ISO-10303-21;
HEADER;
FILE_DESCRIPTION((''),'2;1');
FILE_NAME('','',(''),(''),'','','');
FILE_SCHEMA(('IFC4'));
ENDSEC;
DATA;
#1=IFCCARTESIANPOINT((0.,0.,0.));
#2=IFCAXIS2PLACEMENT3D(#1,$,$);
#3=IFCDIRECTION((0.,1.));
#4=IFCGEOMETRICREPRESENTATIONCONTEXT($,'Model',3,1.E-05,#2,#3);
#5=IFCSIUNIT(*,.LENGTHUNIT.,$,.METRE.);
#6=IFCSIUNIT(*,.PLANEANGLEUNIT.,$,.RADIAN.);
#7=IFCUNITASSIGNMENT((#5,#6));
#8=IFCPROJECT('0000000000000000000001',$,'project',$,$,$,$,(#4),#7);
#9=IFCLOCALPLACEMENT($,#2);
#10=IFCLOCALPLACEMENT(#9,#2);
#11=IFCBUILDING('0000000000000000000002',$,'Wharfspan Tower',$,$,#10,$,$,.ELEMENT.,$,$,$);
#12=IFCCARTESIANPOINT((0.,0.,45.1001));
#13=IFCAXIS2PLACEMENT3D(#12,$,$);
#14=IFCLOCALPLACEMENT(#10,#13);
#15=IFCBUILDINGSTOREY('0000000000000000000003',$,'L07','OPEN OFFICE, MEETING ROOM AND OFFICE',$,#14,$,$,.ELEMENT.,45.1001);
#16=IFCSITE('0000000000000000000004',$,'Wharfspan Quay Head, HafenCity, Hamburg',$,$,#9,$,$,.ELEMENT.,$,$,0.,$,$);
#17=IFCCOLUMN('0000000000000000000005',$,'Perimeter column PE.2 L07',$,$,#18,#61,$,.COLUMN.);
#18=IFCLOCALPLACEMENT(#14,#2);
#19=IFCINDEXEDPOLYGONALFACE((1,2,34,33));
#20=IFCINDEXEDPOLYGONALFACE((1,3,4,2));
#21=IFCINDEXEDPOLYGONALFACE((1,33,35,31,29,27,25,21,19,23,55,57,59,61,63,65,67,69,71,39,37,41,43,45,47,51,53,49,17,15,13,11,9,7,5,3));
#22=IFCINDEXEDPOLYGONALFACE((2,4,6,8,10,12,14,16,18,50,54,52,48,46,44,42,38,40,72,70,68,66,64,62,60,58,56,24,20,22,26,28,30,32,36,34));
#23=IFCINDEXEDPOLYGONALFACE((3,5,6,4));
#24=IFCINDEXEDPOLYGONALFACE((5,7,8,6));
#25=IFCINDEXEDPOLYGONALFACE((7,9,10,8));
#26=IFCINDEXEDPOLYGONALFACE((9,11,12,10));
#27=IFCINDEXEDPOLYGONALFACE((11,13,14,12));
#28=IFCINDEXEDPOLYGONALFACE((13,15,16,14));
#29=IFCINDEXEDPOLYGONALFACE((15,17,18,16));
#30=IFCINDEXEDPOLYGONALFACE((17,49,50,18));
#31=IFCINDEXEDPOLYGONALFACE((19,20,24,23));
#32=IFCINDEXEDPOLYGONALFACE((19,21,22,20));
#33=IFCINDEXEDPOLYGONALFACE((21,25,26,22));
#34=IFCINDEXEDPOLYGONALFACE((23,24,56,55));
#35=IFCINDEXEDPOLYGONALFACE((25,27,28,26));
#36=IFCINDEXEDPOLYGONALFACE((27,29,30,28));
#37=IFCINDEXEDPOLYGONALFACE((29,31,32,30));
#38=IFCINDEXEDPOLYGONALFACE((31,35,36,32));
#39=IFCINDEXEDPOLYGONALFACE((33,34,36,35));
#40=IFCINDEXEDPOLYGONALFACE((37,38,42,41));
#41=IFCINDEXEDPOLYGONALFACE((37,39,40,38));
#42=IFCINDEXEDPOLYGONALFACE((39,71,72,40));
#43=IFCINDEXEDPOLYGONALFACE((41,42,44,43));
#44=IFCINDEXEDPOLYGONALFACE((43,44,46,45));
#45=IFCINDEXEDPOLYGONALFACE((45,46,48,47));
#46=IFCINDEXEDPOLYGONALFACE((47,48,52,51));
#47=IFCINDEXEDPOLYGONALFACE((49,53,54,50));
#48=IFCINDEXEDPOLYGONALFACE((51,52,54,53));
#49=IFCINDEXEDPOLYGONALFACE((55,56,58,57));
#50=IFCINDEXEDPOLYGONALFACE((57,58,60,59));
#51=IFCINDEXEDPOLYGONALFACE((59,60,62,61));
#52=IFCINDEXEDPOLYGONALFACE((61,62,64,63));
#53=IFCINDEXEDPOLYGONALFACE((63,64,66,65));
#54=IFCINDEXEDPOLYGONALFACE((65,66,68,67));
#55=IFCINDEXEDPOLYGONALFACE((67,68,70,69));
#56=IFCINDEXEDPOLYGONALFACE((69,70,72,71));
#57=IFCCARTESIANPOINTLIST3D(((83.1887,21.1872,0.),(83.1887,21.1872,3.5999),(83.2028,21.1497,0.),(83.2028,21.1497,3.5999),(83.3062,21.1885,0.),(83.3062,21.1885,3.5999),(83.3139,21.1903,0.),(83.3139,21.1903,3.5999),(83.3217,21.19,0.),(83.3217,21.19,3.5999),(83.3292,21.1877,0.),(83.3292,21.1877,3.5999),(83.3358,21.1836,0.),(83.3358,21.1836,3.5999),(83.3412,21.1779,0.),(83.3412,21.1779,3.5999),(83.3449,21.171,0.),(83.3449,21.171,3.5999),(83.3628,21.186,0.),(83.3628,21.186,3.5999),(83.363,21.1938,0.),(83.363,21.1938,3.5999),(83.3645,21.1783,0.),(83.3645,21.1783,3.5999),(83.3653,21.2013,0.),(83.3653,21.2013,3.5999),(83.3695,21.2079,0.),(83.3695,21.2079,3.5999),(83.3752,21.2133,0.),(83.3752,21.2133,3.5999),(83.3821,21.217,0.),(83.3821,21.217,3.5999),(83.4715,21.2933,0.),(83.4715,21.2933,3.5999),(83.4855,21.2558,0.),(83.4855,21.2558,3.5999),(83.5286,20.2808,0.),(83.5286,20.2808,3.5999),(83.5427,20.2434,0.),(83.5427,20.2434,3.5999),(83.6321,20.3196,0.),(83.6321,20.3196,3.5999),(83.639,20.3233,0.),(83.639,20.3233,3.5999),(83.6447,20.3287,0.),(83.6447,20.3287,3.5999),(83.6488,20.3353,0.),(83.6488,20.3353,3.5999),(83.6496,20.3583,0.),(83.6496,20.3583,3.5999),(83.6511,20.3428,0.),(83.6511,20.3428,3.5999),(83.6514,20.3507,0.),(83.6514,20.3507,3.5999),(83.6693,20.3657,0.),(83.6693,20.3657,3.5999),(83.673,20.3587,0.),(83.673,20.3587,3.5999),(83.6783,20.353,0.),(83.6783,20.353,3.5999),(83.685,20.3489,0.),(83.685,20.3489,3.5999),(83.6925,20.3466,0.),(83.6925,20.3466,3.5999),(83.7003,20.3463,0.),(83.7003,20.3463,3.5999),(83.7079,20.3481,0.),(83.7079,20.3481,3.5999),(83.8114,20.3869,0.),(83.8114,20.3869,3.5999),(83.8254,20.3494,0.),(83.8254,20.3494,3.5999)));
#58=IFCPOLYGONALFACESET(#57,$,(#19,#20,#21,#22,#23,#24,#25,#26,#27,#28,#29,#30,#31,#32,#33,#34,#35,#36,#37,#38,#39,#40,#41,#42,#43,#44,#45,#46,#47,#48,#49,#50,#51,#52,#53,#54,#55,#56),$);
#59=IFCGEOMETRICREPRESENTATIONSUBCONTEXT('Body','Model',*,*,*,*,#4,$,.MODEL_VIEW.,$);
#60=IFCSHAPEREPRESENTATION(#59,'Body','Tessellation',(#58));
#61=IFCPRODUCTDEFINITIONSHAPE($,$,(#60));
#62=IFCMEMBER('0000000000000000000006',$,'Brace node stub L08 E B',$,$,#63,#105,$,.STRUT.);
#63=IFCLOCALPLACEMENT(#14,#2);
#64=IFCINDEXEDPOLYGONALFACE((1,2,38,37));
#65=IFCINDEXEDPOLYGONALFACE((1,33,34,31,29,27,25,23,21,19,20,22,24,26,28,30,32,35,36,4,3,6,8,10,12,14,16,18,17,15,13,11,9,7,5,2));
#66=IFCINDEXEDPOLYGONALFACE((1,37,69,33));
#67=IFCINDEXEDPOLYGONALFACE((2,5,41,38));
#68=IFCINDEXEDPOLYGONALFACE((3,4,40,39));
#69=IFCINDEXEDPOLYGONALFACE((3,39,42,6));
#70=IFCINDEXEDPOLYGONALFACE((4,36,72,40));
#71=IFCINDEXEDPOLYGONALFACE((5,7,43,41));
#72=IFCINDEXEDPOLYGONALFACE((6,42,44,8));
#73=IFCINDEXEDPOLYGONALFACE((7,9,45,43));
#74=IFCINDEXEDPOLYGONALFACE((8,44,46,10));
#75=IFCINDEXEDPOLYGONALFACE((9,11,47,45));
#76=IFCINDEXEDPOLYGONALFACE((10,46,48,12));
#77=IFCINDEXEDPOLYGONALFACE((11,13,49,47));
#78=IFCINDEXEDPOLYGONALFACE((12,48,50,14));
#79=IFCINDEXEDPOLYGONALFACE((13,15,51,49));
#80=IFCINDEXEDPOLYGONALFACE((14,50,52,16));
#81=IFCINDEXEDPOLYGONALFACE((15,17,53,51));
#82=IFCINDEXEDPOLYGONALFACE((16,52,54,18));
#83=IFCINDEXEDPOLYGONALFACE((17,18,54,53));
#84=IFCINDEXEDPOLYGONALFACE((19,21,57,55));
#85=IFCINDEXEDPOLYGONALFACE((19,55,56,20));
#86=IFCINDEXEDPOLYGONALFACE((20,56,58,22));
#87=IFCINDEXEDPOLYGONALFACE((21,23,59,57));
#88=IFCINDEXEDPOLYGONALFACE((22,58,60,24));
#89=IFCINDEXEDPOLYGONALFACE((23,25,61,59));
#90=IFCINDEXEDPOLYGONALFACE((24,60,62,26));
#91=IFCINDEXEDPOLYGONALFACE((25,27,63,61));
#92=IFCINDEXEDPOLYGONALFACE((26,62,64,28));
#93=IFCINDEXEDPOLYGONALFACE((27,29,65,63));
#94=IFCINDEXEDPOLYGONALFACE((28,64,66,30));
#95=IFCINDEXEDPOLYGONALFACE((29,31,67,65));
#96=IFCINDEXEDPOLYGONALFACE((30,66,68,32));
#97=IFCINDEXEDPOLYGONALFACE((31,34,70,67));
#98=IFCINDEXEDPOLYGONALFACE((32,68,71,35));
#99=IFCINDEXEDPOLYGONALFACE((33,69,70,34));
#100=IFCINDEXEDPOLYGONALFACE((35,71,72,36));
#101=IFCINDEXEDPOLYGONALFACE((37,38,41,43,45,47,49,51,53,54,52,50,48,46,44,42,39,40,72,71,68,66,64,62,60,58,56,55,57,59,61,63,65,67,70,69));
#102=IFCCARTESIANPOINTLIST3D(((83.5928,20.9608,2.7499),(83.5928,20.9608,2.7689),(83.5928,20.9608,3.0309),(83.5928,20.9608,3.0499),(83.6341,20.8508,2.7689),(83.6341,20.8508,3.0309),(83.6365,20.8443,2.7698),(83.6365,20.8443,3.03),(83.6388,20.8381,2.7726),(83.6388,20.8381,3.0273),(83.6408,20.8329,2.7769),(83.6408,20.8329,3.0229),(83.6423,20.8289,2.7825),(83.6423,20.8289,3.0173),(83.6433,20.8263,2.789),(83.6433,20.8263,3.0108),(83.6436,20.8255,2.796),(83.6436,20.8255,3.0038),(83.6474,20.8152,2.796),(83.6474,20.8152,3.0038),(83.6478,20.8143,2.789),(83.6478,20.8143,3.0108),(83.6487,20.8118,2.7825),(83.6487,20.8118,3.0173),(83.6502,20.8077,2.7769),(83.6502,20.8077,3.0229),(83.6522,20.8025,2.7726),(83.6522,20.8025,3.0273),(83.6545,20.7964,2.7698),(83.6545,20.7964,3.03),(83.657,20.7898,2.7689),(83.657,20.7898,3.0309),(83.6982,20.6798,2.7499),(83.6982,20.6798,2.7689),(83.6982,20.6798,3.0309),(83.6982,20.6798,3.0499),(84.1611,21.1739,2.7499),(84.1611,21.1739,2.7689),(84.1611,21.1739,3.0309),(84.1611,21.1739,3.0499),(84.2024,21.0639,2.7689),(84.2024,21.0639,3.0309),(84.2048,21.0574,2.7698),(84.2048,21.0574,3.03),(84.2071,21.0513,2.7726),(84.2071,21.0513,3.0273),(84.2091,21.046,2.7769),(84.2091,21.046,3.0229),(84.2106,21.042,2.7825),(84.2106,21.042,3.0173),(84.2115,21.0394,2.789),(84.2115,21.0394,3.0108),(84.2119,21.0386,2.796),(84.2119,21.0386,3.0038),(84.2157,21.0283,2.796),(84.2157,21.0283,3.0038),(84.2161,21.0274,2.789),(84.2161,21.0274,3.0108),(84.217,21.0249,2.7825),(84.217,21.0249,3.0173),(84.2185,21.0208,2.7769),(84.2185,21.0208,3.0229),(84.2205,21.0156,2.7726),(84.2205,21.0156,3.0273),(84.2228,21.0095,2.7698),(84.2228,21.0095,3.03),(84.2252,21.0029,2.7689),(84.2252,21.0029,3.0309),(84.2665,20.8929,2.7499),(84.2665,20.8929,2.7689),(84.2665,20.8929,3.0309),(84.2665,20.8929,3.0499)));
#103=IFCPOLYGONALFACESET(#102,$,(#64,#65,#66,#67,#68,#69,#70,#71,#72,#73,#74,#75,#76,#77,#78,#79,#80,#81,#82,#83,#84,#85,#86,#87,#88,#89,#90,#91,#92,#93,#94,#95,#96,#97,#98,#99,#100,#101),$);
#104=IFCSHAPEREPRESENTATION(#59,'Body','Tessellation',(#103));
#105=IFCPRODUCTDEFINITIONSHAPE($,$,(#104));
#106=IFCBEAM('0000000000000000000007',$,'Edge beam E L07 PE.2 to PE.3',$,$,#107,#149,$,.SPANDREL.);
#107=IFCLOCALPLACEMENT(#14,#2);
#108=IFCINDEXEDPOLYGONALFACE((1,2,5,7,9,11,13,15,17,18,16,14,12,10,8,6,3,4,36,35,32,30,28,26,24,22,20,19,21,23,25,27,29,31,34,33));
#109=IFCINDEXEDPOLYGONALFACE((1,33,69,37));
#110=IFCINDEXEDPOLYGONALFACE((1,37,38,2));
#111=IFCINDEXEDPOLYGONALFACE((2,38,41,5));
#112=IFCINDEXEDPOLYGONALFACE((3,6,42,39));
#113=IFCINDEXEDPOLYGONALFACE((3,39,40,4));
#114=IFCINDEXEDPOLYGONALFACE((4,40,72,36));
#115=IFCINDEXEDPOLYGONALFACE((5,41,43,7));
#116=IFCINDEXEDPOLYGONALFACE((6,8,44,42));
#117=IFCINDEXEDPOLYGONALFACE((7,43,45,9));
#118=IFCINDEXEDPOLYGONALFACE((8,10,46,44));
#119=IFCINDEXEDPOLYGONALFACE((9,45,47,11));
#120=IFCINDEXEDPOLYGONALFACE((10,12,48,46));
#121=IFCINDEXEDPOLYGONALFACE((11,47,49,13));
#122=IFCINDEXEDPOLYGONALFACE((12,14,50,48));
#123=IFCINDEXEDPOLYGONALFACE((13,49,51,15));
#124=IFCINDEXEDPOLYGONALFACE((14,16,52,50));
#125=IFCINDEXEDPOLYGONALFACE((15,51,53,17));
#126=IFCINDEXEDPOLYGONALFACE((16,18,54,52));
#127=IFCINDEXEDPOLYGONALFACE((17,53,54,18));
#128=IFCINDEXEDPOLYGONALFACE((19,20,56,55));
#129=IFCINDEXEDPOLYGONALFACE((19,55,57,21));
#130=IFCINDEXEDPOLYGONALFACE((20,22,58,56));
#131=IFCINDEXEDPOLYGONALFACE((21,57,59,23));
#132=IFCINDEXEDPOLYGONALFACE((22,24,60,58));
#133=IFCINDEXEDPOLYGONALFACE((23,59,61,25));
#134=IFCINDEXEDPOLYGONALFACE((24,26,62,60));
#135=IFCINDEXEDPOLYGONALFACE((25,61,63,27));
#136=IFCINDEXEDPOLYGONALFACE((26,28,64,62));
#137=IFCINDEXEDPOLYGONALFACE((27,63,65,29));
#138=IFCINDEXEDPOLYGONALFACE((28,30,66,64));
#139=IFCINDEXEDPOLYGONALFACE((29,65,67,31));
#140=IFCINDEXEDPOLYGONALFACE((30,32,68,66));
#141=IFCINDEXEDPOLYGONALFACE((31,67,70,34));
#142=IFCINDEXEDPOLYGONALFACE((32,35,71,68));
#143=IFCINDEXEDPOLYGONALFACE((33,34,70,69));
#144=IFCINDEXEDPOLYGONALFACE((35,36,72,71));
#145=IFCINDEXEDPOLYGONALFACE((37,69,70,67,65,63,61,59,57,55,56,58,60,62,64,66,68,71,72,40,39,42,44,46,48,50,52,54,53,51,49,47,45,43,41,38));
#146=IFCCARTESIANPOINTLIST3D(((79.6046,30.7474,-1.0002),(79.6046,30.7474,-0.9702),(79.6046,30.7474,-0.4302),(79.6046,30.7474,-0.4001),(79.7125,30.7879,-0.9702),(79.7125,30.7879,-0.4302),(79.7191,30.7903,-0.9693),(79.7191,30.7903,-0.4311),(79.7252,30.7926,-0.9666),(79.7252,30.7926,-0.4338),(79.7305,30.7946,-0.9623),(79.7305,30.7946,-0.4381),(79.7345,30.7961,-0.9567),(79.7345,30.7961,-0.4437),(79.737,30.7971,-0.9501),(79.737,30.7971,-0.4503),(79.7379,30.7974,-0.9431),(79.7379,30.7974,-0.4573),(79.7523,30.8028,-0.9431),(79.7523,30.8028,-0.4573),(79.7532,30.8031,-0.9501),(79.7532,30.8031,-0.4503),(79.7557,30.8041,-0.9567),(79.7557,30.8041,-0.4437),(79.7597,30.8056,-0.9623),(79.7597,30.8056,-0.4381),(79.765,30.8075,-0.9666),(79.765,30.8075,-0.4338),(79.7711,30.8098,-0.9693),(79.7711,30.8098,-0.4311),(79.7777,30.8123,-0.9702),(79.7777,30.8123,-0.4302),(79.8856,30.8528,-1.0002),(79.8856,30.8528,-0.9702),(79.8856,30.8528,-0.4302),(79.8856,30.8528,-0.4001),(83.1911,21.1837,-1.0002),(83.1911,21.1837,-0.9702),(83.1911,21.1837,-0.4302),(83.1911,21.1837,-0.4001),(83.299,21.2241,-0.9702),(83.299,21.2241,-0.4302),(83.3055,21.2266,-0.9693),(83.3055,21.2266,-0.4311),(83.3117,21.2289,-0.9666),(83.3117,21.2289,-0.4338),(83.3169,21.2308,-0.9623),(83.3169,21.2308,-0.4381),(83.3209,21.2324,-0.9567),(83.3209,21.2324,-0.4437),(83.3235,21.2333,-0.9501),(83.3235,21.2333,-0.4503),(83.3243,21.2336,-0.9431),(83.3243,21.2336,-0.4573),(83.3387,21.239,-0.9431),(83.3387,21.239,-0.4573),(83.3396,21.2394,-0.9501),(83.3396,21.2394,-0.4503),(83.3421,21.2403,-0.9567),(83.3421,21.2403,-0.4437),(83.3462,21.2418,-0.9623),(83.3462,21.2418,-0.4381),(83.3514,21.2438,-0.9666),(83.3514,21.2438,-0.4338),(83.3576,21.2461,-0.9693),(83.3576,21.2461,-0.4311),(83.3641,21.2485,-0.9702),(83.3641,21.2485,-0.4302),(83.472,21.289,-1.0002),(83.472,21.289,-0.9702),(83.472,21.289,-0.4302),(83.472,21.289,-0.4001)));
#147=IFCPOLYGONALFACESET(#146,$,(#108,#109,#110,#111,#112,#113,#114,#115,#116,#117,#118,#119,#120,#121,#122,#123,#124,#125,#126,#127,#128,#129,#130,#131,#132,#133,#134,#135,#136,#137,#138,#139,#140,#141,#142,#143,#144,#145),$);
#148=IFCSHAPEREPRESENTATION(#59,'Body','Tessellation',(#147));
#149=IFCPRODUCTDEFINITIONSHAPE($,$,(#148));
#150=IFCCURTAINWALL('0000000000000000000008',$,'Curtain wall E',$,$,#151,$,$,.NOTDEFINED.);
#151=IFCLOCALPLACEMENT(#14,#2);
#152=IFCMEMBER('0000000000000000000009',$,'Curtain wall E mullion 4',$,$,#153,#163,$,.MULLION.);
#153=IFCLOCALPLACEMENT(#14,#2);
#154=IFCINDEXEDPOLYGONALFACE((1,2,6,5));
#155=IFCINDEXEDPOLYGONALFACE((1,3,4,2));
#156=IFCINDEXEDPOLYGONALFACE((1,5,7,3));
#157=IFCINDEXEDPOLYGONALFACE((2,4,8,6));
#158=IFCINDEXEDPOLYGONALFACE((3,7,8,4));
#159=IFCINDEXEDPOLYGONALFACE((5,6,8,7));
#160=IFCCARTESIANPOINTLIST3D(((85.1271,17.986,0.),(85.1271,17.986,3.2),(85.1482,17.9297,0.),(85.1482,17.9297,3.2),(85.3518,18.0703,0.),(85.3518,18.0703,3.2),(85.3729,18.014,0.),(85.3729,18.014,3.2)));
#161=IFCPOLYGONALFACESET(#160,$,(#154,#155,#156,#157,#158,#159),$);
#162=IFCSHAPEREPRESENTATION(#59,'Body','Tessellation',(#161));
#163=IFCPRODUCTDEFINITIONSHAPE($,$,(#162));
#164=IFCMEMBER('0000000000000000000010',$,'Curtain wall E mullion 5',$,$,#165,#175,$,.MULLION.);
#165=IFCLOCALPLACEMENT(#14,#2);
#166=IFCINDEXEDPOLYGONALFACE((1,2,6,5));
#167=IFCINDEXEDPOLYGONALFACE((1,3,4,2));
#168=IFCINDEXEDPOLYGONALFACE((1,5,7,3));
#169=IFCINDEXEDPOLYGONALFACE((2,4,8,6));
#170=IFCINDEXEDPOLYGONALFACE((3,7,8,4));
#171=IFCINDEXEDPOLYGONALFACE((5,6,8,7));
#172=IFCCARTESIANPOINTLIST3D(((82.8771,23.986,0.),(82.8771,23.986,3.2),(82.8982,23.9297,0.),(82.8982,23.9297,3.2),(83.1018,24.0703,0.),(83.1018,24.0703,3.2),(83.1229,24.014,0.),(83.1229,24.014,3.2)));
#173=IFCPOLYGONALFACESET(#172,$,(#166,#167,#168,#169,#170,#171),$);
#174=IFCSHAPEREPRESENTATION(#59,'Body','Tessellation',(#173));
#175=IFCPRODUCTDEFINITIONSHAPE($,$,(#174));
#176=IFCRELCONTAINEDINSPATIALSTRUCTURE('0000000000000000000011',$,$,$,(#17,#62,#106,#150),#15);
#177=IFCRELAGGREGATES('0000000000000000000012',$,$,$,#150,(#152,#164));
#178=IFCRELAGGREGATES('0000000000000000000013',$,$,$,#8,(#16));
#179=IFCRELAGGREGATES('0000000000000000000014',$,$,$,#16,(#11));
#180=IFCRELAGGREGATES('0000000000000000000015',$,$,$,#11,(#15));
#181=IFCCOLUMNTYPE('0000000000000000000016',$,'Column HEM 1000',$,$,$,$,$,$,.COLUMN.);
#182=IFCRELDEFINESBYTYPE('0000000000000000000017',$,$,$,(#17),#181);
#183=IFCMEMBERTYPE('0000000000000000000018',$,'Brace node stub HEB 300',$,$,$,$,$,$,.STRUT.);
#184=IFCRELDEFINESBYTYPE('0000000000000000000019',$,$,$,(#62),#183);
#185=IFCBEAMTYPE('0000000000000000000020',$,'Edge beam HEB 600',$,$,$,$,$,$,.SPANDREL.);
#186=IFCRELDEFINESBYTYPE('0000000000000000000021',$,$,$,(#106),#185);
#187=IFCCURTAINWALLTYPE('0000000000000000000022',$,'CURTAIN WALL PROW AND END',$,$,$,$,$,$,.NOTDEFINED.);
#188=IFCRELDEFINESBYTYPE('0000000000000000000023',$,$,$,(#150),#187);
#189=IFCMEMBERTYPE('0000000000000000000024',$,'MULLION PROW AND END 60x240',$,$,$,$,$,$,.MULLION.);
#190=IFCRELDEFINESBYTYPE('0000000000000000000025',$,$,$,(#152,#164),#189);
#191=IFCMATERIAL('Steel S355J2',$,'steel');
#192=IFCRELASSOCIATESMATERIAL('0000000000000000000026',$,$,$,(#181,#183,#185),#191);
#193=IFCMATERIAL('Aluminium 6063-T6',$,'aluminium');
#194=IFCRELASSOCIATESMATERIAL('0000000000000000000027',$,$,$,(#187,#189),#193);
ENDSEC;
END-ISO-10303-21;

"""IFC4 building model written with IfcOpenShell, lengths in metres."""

from ifc_helpers import new_model, si_unit, direction, frame, origin, origin_2d, place, context, subcontext, project, spatial, rectangle, i_section, extrude, material, material_profile, profile_set, type_object, element, aggregate, save


model = new_model("IFC4")

# Units and contexts
model_context = context("Model", 3, precision=1e-05, world=origin(), true_north=direction((0.0, 1.0)))
body_context = subcontext(model_context, "Body", "Model", "MODEL_VIEW")
ifc_project = project(units=[si_unit("LENGTHUNIT", "METRE"), si_unit("PLANEANGLEUNIT", "RADIAN")], contexts=[model_context])

# Site, building, storey
site_placement = place(None, origin())
site = spatial("IfcSite", under=ifc_project, at=site_placement, Name="Wharfspan Quay Head, HafenCity, Hamburg", CompositionType="ELEMENT", RefElevation=0.0)
building_placement = place(site_placement, origin())
building = spatial("IfcBuilding", under=site, at=building_placement, Name="Wharfspan Tower", CompositionType="ELEMENT")
storey_placement = place(building_placement, frame((0.0, 0.0, 45.1001)))
storey = spatial("IfcBuildingStorey", under=building, at=storey_placement, Name="L07", Description="OPEN OFFICE, MEETING ROOM AND OFFICE", CompositionType="ELEMENT", Elevation=45.1001)

# Column
ifc_material_1 = material(Name="Steel S355J2", Category="steel")
ifc_material_profile_1 = material_profile(ifc_material_1, i_section(OverallWidth=0.302, OverallDepth=1.0081, WebThickness=0.021, FlangeThickness=0.04, FilletRadius=0.03, at=origin_2d()))
ifc_profile_set_1 = profile_set([ifc_material_profile_1], Name="Steel S355J2")
column_type = type_object("IfcColumnType", Name="Column HEM 1000", PredefinedType="COLUMN", material=ifc_profile_set_1)
column_placement = place(storey_placement, frame((83.5071, 20.7683, 0.0), z_axis=(0.0, 0.0, 1.0), x_axis=(0.936328, 0.351123, 0.0)))
element("IfcColumn", 1, at=column_placement, inside=storey, type_object=column_type, Name="Perimeter column PE.2 L07", PredefinedType="COLUMN", context=body_context, shape_type="SweptSolid", body=[
    extrude(i_section(OverallWidth=0.302, OverallDepth=1.0081, WebThickness=0.021, FlangeThickness=0.04, FilletRadius=0.03, at=origin_2d()), origin(), (0.0, 0.0, 1.0), 3.5999),
])

# Member
ifc_material_profile_2 = material_profile(ifc_material_1, i_section(OverallWidth=0.3, OverallDepth=0.3, WebThickness=0.011, FlangeThickness=0.019, FilletRadius=0.0271, at=origin_2d()))
ifc_profile_set_2 = profile_set([ifc_material_profile_2], Name="Steel S355J2")
member_type_1 = type_object("IfcMemberType", Name="Brace node stub HEB 300", PredefinedType="STRUT", material=ifc_profile_set_2)
member_1_placement = place(storey_placement, frame((83.6455, 20.8203, 2.8999), z_axis=(0.936329, 0.351123, 0.0), x_axis=(-0.351123, 0.936329, 0.0)))
element("IfcMember", 2, at=member_1_placement, inside=storey, type_object=member_type_1, Name="Brace node stub L08 E B", PredefinedType="STRUT", context=body_context, shape_type="SweptSolid", body=[
    extrude(i_section(OverallWidth=0.3, OverallDepth=0.3, WebThickness=0.011, FlangeThickness=0.019, FilletRadius=0.0271, at=origin_2d()), origin(), (0.0, 0.0, 1.0), 0.6069),
])

# Beam
ifc_material_profile_3 = material_profile(ifc_material_1, i_section(OverallWidth=0.3, OverallDepth=0.6001, WebThickness=0.0154, FlangeThickness=0.03, FilletRadius=0.0271, at=origin_2d()))
ifc_profile_set_3 = profile_set([ifc_material_profile_3], Name="Steel S355J2")
beam_type = type_object("IfcBeamType", Name="Edge beam HEB 600", PredefinedType="SPANDREL", material=ifc_profile_set_3)
beam_placement = place(storey_placement, frame((83.3315, 21.2363, -0.7002), z_axis=(-0.351126, 0.936328, 0.0), x_axis=(-0.936328, -0.351126, 0.0)))
element("IfcBeam", 3, at=beam_placement, inside=storey, type_object=beam_type, Name="Edge beam E L07 PE.2 to PE.3", PredefinedType="SPANDREL", context=body_context, shape_type="SweptSolid", body=[
    extrude(i_section(OverallWidth=0.3, OverallDepth=0.6001, WebThickness=0.0154, FlangeThickness=0.03, FilletRadius=0.0271, at=origin_2d()), origin(), (0.0, 0.0, 1.0), 10.2141),
])

# Curtain wall, members
ifc_material_2 = material(Name="Aluminium 6063-T6", Category="aluminium")
curtain_wall_type = type_object("IfcCurtainWallType", Name="CURTAIN WALL PROW AND END", PredefinedType="NOTDEFINED", material=ifc_material_2)
curtain_wall_placement = place(storey_placement, origin())
curtain_wall = element("IfcCurtainWall", 4, at=curtain_wall_placement, inside=storey, type_object=curtain_wall_type, Name="Curtain wall E", PredefinedType="NOTDEFINED")
ifc_material_profile_4 = material_profile(ifc_material_2, rectangle(XDim=0.24, YDim=0.0601, at=origin_2d()))
ifc_profile_set_4 = profile_set([ifc_material_profile_4], Name="Aluminium 6063-T6")
member_type_2 = type_object("IfcMemberType", Name="MULLION PROW AND END 60x240", PredefinedType="MULLION", material=ifc_profile_set_4)
member_2_placement = place(storey_placement, frame((85.25, 18.0, 0.0), z_axis=(0.0, 0.0, 1.0), x_axis=(-0.936328, -0.351123, 0.0)))
member_2 = element("IfcMember", 5, at=member_2_placement, type_object=member_type_2, Name="Curtain wall E mullion 4", PredefinedType="MULLION", context=body_context, shape_type="SweptSolid", body=[
    extrude(rectangle(XDim=0.24, YDim=0.0601, at=origin_2d()), origin(), (0.0, 0.0, 1.0), 3.2),
])
member_3_placement = place(storey_placement, frame((83.0, 24.0, 0.0), z_axis=(0.0, 0.0, 1.0), x_axis=(-0.936328, -0.351123, 0.0)))
member_3 = element("IfcMember", 6, at=member_3_placement, type_object=member_type_2, Name="Curtain wall E mullion 5", PredefinedType="MULLION", context=body_context, shape_type="SweptSolid", body=[
    extrude(rectangle(XDim=0.24, YDim=0.0601, at=origin_2d()), origin(), (0.0, 0.0, 1.0), 3.2),
])

aggregate(curtain_wall, [member_2, member_3])

save(model, "model.ifc")
